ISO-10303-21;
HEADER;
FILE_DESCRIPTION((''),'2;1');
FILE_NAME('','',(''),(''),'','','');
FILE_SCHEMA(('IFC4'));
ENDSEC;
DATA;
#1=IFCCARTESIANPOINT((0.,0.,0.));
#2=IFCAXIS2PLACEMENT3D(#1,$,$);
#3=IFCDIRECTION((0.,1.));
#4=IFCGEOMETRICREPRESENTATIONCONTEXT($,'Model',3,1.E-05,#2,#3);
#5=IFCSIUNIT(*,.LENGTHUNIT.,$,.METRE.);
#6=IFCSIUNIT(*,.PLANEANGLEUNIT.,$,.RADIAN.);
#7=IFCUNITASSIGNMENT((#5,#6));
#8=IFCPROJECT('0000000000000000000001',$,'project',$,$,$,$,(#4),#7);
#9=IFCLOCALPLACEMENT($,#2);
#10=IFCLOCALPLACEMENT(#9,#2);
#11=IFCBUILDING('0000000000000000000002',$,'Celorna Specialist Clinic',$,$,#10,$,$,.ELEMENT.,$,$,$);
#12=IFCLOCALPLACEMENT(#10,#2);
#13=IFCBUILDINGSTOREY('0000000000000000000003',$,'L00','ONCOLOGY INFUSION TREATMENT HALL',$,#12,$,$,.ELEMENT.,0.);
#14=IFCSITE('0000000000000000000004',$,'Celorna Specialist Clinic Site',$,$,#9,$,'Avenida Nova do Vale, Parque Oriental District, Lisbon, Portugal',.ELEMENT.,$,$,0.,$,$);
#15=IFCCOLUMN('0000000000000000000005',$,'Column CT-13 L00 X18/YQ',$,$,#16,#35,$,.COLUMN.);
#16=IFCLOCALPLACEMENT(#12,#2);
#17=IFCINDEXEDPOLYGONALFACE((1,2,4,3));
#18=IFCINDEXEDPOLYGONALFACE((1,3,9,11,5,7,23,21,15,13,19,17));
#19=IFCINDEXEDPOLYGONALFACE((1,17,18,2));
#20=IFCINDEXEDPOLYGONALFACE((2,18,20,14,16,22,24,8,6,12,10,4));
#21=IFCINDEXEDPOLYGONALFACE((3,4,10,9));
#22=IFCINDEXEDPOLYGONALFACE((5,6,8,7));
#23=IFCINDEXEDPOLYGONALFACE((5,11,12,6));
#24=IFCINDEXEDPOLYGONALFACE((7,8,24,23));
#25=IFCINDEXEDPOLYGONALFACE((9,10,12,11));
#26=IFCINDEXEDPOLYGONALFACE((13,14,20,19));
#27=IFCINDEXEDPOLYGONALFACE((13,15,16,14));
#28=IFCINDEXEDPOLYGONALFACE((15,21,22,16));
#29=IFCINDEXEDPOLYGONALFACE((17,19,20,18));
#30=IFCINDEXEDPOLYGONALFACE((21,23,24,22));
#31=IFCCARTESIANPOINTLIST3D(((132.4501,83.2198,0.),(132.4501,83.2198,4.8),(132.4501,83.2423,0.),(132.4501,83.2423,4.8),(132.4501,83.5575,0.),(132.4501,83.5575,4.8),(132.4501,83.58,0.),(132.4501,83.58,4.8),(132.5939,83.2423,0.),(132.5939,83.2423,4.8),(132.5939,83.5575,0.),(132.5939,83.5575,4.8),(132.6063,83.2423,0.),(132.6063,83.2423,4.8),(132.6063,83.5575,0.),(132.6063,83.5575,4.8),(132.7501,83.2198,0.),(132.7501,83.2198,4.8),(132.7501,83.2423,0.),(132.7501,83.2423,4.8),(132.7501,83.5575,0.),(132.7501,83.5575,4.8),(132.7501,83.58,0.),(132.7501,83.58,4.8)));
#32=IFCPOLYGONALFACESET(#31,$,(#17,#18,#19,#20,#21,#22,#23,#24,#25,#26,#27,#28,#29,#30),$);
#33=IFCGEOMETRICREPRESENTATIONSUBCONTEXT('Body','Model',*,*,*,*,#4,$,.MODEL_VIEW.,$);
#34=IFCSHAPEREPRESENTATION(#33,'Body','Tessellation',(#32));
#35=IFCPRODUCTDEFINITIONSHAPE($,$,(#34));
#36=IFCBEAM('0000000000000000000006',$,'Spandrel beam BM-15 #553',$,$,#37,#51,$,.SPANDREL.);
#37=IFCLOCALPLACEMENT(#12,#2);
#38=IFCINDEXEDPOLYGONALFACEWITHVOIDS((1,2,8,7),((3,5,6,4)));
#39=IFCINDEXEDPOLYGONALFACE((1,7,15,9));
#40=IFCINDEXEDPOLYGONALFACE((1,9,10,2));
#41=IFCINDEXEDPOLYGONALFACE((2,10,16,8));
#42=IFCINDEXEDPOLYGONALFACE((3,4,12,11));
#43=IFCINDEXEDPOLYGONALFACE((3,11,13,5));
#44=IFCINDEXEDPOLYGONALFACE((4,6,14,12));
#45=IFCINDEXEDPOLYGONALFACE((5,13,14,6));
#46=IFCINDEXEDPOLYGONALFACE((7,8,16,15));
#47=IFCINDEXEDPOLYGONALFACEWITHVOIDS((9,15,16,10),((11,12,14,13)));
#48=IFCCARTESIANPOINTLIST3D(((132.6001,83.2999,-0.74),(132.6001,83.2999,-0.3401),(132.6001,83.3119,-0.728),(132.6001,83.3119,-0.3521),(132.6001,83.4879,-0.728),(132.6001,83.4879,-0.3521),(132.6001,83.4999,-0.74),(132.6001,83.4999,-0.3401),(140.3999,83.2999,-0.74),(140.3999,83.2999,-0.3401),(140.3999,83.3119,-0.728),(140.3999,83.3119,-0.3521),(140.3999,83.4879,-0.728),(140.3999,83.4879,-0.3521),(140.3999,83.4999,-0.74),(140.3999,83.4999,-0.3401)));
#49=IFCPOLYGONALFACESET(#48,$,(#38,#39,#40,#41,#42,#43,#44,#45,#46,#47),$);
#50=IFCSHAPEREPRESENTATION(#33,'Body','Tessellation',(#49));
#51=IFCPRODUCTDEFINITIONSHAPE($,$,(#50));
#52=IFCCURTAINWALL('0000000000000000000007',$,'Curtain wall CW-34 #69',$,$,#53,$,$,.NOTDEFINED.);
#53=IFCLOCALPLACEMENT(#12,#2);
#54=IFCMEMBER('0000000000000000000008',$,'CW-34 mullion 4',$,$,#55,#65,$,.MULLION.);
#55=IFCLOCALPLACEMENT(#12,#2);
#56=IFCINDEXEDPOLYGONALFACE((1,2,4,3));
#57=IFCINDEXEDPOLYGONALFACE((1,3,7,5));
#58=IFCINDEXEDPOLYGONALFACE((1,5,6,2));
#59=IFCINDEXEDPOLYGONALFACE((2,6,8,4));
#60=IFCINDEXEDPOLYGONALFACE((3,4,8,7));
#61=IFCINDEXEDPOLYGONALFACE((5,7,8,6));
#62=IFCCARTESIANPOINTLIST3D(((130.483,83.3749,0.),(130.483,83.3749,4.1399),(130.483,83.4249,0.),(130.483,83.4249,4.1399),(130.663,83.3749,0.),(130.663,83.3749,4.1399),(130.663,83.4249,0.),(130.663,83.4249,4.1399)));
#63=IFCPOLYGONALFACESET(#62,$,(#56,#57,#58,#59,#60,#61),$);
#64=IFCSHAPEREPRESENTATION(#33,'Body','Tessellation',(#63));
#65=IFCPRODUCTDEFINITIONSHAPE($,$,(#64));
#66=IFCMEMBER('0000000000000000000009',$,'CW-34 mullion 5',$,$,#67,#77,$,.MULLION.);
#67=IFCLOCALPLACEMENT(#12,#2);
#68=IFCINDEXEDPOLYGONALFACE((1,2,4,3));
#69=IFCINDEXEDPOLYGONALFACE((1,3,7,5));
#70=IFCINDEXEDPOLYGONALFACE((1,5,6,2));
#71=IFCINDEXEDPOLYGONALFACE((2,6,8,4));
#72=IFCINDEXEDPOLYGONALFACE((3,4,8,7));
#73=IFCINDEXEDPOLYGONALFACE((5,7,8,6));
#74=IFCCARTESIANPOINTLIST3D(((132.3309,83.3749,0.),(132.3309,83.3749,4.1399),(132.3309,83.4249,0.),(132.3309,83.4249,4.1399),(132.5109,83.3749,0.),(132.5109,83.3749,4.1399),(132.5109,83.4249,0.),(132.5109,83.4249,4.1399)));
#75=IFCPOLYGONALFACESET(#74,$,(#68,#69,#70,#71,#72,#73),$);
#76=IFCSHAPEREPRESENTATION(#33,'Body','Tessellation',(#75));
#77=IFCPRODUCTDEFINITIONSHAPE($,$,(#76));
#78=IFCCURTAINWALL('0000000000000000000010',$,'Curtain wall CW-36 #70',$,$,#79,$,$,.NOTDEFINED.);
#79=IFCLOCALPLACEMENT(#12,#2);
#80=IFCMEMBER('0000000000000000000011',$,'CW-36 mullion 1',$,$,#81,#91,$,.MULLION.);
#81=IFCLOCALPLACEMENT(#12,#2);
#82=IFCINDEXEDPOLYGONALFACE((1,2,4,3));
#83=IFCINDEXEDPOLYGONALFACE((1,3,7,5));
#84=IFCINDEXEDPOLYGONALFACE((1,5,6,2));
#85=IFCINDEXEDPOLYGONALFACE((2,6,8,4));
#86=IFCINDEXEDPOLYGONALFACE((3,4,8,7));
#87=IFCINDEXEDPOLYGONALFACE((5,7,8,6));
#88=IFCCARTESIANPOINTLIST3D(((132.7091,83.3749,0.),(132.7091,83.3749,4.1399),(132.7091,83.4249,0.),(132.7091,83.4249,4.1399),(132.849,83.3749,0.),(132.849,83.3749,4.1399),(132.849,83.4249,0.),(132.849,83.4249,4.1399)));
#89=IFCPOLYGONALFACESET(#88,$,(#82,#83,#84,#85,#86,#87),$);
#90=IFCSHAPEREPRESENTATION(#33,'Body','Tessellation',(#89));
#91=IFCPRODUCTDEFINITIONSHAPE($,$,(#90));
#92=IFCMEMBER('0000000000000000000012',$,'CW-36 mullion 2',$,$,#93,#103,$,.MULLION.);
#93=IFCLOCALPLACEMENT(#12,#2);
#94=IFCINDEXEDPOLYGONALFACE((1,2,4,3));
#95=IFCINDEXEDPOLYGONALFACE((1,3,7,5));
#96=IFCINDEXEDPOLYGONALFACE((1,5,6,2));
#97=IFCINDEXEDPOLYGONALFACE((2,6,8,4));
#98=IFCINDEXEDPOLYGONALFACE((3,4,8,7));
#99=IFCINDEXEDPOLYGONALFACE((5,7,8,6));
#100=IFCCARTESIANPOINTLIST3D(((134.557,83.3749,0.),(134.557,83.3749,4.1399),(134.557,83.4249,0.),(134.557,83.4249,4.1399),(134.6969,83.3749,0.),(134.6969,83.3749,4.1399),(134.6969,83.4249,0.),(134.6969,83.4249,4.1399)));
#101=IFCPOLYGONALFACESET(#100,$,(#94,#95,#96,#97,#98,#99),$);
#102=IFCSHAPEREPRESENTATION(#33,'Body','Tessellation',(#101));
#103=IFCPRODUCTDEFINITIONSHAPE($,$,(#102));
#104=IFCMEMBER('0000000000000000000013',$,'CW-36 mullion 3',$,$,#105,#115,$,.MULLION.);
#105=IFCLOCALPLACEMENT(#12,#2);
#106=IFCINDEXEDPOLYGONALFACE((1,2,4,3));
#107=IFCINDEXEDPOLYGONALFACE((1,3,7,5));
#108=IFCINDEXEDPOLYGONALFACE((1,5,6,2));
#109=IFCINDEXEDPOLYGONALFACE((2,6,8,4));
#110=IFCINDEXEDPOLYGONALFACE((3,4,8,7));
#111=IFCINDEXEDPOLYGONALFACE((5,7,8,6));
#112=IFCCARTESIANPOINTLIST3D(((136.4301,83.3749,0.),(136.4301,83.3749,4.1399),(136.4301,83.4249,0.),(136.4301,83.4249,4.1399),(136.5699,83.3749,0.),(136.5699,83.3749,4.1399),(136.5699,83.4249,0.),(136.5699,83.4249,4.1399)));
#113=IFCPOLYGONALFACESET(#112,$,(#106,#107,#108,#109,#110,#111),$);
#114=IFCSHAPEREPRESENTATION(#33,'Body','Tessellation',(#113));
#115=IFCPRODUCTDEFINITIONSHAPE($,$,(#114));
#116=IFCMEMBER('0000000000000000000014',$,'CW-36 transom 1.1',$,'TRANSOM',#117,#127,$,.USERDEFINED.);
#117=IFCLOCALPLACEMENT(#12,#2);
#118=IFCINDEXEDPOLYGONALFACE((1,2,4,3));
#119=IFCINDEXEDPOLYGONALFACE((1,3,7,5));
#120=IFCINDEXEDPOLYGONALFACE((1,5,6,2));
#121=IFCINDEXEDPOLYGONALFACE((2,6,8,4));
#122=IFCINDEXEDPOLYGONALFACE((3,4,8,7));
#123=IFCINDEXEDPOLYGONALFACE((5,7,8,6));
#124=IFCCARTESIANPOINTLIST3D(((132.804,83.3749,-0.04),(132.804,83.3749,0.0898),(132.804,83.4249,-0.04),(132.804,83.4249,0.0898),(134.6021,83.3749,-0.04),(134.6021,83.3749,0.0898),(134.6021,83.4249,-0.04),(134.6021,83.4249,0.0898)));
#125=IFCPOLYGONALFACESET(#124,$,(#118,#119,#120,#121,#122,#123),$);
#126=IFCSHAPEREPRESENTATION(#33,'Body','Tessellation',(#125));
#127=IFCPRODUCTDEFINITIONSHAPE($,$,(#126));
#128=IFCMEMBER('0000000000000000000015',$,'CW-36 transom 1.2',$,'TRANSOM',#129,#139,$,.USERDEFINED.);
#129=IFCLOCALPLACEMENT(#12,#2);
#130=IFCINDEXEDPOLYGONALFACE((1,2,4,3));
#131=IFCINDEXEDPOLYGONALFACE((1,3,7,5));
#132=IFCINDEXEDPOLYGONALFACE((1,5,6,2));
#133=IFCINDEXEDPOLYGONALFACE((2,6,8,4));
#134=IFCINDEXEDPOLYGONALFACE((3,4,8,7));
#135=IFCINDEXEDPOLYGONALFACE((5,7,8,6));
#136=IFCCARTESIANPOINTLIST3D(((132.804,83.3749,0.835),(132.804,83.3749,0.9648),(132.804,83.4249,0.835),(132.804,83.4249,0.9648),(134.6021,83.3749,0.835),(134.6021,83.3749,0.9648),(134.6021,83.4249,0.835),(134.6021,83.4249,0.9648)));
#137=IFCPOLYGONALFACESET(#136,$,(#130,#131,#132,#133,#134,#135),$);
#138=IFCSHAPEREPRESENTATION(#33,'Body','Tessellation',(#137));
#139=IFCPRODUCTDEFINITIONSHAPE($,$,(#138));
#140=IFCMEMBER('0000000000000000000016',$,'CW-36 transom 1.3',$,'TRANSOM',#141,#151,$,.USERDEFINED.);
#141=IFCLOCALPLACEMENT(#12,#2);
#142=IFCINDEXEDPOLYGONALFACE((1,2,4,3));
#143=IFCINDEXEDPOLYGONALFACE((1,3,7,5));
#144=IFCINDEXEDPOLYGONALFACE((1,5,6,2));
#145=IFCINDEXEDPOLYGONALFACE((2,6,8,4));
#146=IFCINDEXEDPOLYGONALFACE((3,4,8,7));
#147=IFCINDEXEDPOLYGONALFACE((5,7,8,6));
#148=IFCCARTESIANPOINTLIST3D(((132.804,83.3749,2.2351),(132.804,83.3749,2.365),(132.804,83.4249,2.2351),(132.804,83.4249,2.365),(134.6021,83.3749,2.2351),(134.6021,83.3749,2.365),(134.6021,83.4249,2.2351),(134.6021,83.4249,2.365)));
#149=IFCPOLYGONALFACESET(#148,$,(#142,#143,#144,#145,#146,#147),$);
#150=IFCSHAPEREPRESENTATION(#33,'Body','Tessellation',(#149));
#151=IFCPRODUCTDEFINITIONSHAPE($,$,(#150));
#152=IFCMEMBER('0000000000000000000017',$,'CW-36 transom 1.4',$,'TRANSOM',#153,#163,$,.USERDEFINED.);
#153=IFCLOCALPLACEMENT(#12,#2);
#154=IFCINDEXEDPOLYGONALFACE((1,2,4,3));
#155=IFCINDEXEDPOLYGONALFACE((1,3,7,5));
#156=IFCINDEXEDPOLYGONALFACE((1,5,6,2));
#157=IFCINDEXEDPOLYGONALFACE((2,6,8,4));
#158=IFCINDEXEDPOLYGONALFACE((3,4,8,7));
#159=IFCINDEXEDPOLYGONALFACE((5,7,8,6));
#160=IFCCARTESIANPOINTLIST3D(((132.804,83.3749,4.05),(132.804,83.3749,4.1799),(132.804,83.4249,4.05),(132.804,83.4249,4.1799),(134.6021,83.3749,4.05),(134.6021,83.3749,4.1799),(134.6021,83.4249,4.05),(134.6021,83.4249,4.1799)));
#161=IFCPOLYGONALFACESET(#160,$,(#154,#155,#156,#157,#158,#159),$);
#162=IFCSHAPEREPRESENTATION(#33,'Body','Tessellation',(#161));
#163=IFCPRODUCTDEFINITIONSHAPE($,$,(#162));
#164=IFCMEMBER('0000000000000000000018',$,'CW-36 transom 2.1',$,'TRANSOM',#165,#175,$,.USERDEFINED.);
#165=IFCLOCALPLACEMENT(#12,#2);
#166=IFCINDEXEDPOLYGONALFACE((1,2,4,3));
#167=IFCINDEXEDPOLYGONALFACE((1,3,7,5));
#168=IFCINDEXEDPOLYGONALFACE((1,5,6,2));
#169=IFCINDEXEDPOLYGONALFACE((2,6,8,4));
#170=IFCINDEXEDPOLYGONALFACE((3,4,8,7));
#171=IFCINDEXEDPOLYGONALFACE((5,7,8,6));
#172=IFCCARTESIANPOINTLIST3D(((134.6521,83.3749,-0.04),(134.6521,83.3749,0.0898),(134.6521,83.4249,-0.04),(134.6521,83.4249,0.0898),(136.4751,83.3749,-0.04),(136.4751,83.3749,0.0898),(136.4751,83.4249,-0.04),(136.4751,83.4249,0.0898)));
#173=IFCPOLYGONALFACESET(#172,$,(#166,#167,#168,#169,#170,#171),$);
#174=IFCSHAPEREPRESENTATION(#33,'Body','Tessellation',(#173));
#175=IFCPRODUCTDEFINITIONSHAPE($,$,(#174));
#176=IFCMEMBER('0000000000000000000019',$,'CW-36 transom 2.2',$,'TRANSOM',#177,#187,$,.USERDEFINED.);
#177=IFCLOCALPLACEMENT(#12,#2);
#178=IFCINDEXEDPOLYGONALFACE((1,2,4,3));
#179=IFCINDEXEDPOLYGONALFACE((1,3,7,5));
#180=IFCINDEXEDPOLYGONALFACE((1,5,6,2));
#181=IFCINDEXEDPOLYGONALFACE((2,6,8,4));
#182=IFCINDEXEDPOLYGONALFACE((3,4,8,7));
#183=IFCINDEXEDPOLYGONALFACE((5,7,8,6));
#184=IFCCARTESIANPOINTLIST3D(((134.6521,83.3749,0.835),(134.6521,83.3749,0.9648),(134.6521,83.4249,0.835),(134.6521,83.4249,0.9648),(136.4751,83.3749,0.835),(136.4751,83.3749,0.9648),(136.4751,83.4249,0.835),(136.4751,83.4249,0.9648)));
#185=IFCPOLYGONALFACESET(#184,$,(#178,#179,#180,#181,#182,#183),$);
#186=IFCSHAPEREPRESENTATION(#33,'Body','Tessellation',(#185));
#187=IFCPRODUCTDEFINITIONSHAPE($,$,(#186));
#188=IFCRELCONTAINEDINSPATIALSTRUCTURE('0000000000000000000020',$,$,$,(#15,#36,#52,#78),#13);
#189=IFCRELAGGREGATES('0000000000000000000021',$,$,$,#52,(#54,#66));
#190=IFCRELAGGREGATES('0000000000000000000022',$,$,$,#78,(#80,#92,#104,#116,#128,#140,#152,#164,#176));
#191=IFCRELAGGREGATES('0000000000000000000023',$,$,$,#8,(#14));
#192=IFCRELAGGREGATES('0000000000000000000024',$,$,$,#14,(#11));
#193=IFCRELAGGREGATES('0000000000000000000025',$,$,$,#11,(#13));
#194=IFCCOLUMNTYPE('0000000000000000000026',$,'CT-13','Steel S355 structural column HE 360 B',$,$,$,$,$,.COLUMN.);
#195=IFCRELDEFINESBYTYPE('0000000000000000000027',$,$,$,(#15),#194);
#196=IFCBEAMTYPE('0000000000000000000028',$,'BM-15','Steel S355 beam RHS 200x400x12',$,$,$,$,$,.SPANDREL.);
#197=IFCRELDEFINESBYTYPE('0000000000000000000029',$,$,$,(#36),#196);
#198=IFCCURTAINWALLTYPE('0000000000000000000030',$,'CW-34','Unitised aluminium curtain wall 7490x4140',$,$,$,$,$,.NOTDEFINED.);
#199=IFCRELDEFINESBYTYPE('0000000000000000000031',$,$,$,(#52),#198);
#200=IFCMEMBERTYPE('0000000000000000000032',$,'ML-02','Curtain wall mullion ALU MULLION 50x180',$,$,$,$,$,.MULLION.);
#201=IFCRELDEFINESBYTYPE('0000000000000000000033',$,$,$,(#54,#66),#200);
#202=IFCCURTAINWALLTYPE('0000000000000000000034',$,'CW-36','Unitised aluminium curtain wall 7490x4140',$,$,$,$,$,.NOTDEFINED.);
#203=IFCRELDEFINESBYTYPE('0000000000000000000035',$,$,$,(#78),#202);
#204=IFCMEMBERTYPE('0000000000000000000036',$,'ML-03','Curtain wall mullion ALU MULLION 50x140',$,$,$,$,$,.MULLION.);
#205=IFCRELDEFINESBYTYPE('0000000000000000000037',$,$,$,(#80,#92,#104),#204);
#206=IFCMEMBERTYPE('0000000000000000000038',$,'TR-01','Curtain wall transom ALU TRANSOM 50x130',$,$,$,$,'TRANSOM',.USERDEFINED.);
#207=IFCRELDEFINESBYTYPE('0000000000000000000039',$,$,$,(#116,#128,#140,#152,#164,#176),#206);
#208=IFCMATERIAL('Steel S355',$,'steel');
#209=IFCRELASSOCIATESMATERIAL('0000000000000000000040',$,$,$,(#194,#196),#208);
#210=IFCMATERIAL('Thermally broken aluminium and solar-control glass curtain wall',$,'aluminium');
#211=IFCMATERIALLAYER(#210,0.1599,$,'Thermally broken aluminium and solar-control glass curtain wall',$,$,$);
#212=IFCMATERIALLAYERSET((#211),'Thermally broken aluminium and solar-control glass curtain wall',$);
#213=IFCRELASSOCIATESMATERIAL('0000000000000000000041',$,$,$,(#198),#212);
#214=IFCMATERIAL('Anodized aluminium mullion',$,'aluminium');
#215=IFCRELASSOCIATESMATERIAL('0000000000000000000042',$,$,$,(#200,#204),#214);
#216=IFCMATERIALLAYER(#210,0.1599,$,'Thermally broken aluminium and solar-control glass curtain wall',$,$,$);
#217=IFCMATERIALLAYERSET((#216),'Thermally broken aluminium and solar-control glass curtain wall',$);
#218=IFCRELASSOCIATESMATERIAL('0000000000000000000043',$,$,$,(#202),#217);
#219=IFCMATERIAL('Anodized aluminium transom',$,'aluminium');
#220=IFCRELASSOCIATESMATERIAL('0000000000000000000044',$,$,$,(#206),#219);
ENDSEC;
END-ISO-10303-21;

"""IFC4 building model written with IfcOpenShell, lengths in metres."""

from ifc_helpers import new_model, si_unit, direction, frame, origin, origin_2d, place, context, subcontext, project, spatial, rectangle, hollow_rectangle, i_section, extrude, material, layer, layer_set, material_profile, profile_set, type_object, element, aggregate, save


model = new_model("IFC4")

# Units and contexts
model_context = context("Model", 3, precision=1e-05, world=origin(), true_north=direction((0.0, 1.0)))
body_context = subcontext(model_context, "Body", "Model", "MODEL_VIEW")
ifc_project = project(units=[si_unit("LENGTHUNIT", "METRE"), si_unit("PLANEANGLEUNIT", "RADIAN")], contexts=[model_context])

# Site, building, storey
site_placement = place(None, origin())
site = spatial("IfcSite", under=ifc_project, at=site_placement, Name="Celorna Specialist Clinic Site", LongName="Avenida Nova do Vale, Parque Oriental District, Lisbon, Portugal", CompositionType="ELEMENT", RefElevation=0.0)
building_placement = place(site_placement, origin())
building = spatial("IfcBuilding", under=site, at=building_placement, Name="Celorna Specialist Clinic", CompositionType="ELEMENT")
storey_placement = place(building_placement, origin())
storey = spatial("IfcBuildingStorey", under=building, at=storey_placement, Name="L00", Description="ONCOLOGY INFUSION TREATMENT HALL", CompositionType="ELEMENT", Elevation=0.0)

# Column
ifc_material_1 = material(Name="Steel S355", Category="steel")
ifc_material_profile_1 = material_profile(ifc_material_1, i_section(OverallWidth=0.3, OverallDepth=0.3601, WebThickness=0.0125, FlangeThickness=0.0225, at=origin_2d()), Name="HE 360 B")
ifc_profile_set_1 = profile_set([ifc_material_profile_1], Name="Steel S355")
column_type = type_object("IfcColumnType", Name="CT-13", Description="Steel S355 structural column HE 360 B", PredefinedType="COLUMN", material=ifc_profile_set_1)
column_placement = place(storey_placement, frame((132.6001, 83.3999, 0.0), z_axis=(0.0, 0.0, 1.0), x_axis=(1.0, 0.0, 0.0)))
element("IfcColumn", 1, at=column_placement, inside=storey, type_object=column_type, Name="Column CT-13 L00 X18/YQ", PredefinedType="COLUMN", context=body_context, shape_type="SweptSolid", body=[
    extrude(i_section(OverallWidth=0.3, OverallDepth=0.3601, WebThickness=0.0125, FlangeThickness=0.0225, at=origin_2d()), origin(), (0.0, 0.0, 1.0), 4.8),
])

# Beam
ifc_material_profile_2 = material_profile(ifc_material_1, hollow_rectangle(XDim=0.2, YDim=0.3999, WallThickness=0.012, at=origin_2d()), Name="RHS 200x400x12")
ifc_profile_set_2 = profile_set([ifc_material_profile_2], Name="Steel S355")
beam_type = type_object("IfcBeamType", Name="BM-15", Description="Steel S355 beam RHS 200x400x12", PredefinedType="SPANDREL", material=ifc_profile_set_2)
beam_placement = place(storey_placement, frame((132.6001, 83.3999, -0.54), z_axis=(1.0, 0.0, 0.0), x_axis=(0.0, 1.0, 0.0)))
element("IfcBeam", 2, at=beam_placement, inside=storey, type_object=beam_type, Name="Spandrel beam BM-15 #553", PredefinedType="SPANDREL", context=body_context, shape_type="SweptSolid", body=[
    extrude(hollow_rectangle(XDim=0.2, YDim=0.3999, WallThickness=0.012, at=origin_2d()), origin(), (0.0, 0.0, 1.0), 7.7998),
])

# Curtain walls, members
ifc_material_2 = material(Name="Thermally broken aluminium and solar-control glass curtain wall", Category="aluminium")
ifc_layer_1 = layer(ifc_material_2, 0.1599, Name="Thermally broken aluminium and solar-control glass curtain wall")
ifc_layer_set_1 = layer_set([ifc_layer_1], Name="Thermally broken aluminium and solar-control glass curtain wall")
curtain_wall_type_1 = type_object("IfcCurtainWallType", Name="CW-34", Description="Unitised aluminium curtain wall 7490x4140", PredefinedType="NOTDEFINED", material=ifc_layer_set_1)
curtain_wall_1_placement = place(storey_placement, origin())
curtain_wall_1 = element("IfcCurtainWall", 3, at=curtain_wall_1_placement, inside=storey, type_object=curtain_wall_type_1, Name="Curtain wall CW-34 #69", PredefinedType="NOTDEFINED")
ifc_material_3 = material(Name="Anodized aluminium mullion", Category="aluminium")
ifc_material_profile_3 = material_profile(ifc_material_3, rectangle(XDim=0.05, YDim=0.1799, at=origin_2d()), Name="ALU MULLION 50x180")
ifc_profile_set_3 = profile_set([ifc_material_profile_3], Name="Anodized aluminium mullion")
member_type_1 = type_object("IfcMemberType", Name="ML-02", Description="Curtain wall mullion ALU MULLION 50x180", PredefinedType="MULLION", material=ifc_profile_set_3)
member_1_placement = place(storey_placement, frame((130.573, 83.3999, 0.0), z_axis=(0.0, 0.0, 1.0), x_axis=(0.0, 1.0, 0.0)))
member_1 = element("IfcMember", 4, at=member_1_placement, type_object=member_type_1, Name="CW-34 mullion 4", PredefinedType="MULLION", context=body_context, shape_type="SweptSolid", body=[
    extrude(rectangle(XDim=0.05, YDim=0.1799, at=origin_2d()), origin(), (0.0, 0.0, 1.0), 4.1399),
])
member_2_placement = place(storey_placement, frame((132.4209, 83.3999, 0.0), z_axis=(0.0, 0.0, 1.0), x_axis=(0.0, 1.0, 0.0)))
member_2 = element("IfcMember", 5, at=member_2_placement, type_object=member_type_1, Name="CW-34 mullion 5", PredefinedType="MULLION", context=body_context, shape_type="SweptSolid", body=[
    extrude(rectangle(XDim=0.05, YDim=0.1799, at=origin_2d()), origin(), (0.0, 0.0, 1.0), 4.1399),
])
ifc_layer_2 = layer(ifc_material_2, 0.1599, Name="Thermally broken aluminium and solar-control glass curtain wall")
ifc_layer_set_2 = layer_set([ifc_layer_2], Name="Thermally broken aluminium and solar-control glass curtain wall")
curtain_wall_type_2 = type_object("IfcCurtainWallType", Name="CW-36", Description="Unitised aluminium curtain wall 7490x4140", PredefinedType="NOTDEFINED", material=ifc_layer_set_2)
curtain_wall_2_placement = place(storey_placement, origin())
curtain_wall_2 = element("IfcCurtainWall", 6, at=curtain_wall_2_placement, inside=storey, type_object=curtain_wall_type_2, Name="Curtain wall CW-36 #70", PredefinedType="NOTDEFINED")
ifc_material_profile_4 = material_profile(ifc_material_3, rectangle(XDim=0.05, YDim=0.1399, at=origin_2d()), Name="ALU MULLION 50x140")
ifc_profile_set_4 = profile_set([ifc_material_profile_4], Name="Anodized aluminium mullion")
member_type_2 = type_object("IfcMemberType", Name="ML-03", Description="Curtain wall mullion ALU MULLION 50x140", PredefinedType="MULLION", material=ifc_profile_set_4)
member_3_placement = place(storey_placement, frame((132.7791, 83.3999, 0.0), z_axis=(0.0, 0.0, 1.0), x_axis=(0.0, 1.0, 0.0)))
member_3 = element("IfcMember", 7, at=member_3_placement, type_object=member_type_2, Name="CW-36 mullion 1", PredefinedType="MULLION", context=body_context, shape_type="SweptSolid", body=[
    extrude(rectangle(XDim=0.05, YDim=0.1399, at=origin_2d()), origin(), (0.0, 0.0, 1.0), 4.1399),
])
member_4_placement = place(storey_placement, frame((134.627, 83.3999, 0.0), z_axis=(0.0, 0.0, 1.0), x_axis=(0.0, 1.0, 0.0)))
member_4 = element("IfcMember", 8, at=member_4_placement, type_object=member_type_2, Name="CW-36 mullion 2", PredefinedType="MULLION", context=body_context, shape_type="SweptSolid", body=[
    extrude(rectangle(XDim=0.05, YDim=0.1399, at=origin_2d()), origin(), (0.0, 0.0, 1.0), 4.1399),
])
member_5_placement = place(storey_placement, frame((136.5, 83.3999, 0.0), z_axis=(0.0, 0.0, 1.0), x_axis=(0.0, 1.0, 0.0)))
member_5 = element("IfcMember", 9, at=member_5_placement, type_object=member_type_2, Name="CW-36 mullion 3", PredefinedType="MULLION", context=body_context, shape_type="SweptSolid", body=[
    extrude(rectangle(XDim=0.05, YDim=0.1399, at=origin_2d()), origin(), (0.0, 0.0, 1.0), 4.1399),
])
ifc_material_4 = material(Name="Anodized aluminium transom", Category="aluminium")
ifc_material_profile_5 = material_profile(ifc_material_4, rectangle(XDim=0.05, YDim=0.1299, at=origin_2d()), Name="ALU TRANSOM 50x130")
ifc_profile_set_5 = profile_set([ifc_material_profile_5], Name="Anodized aluminium transom")
member_type_3 = type_object("IfcMemberType", Name="TR-01", Description="Curtain wall transom ALU TRANSOM 50x130", ElementType="TRANSOM", PredefinedType="USERDEFINED", material=ifc_profile_set_5)
member_6_placement = place(storey_placement, frame((132.804, 83.3999, 0.0249), z_axis=(1.0, 0.0, 0.0), x_axis=(0.0, 1.0, 0.0)))
member_6 = element("IfcMember", 10, at=member_6_placement, type_object=member_type_3, Name="CW-36 transom 1.1", ObjectType="TRANSOM", PredefinedType="USERDEFINED", context=body_context, shape_type="SweptSolid", body=[
    extrude(rectangle(XDim=0.05, YDim=0.1299, at=origin_2d()), origin(), (0.0, 0.0, 1.0), 1.7981),
])
member_7_placement = place(storey_placement, frame((132.804, 83.3999, 0.8999), z_axis=(1.0, 0.0, 0.0), x_axis=(0.0, 1.0, 0.0)))
member_7 = element("IfcMember", 11, at=member_7_placement, type_object=member_type_3, Name="CW-36 transom 1.2", ObjectType="TRANSOM", PredefinedType="USERDEFINED", context=body_context, shape_type="SweptSolid", body=[
    extrude(rectangle(XDim=0.05, YDim=0.1299, at=origin_2d()), origin(), (0.0, 0.0, 1.0), 1.7981),
])
member_8_placement = place(storey_placement, frame((132.804, 83.3999, 2.3), z_axis=(1.0, 0.0, 0.0), x_axis=(0.0, 1.0, 0.0)))
member_8 = element("IfcMember", 12, at=member_8_placement, type_object=member_type_3, Name="CW-36 transom 1.3", ObjectType="TRANSOM", PredefinedType="USERDEFINED", context=body_context, shape_type="SweptSolid", body=[
    extrude(rectangle(XDim=0.05, YDim=0.1299, at=origin_2d()), origin(), (0.0, 0.0, 1.0), 1.7981),
])
member_9_placement = place(storey_placement, frame((132.804, 83.3999, 4.115), z_axis=(1.0, 0.0, 0.0), x_axis=(0.0, 1.0, 0.0)))
member_9 = element("IfcMember", 13, at=member_9_placement, type_object=member_type_3, Name="CW-36 transom 1.4", ObjectType="TRANSOM", PredefinedType="USERDEFINED", context=body_context, shape_type="SweptSolid", body=[
    extrude(rectangle(XDim=0.05, YDim=0.1299, at=origin_2d()), origin(), (0.0, 0.0, 1.0), 1.7981),
])
member_10_placement = place(storey_placement, frame((134.6521, 83.3999, 0.0249), z_axis=(1.0, 0.0, 0.0), x_axis=(0.0, 1.0, 0.0)))
member_10 = element("IfcMember", 14, at=member_10_placement, type_object=member_type_3, Name="CW-36 transom 2.1", ObjectType="TRANSOM", PredefinedType="USERDEFINED", context=body_context, shape_type="SweptSolid", body=[
    extrude(rectangle(XDim=0.05, YDim=0.1299, at=origin_2d()), origin(), (0.0, 0.0, 1.0), 1.823),
])
member_11_placement = place(storey_placement, frame((134.6521, 83.3999, 0.8999), z_axis=(1.0, 0.0, 0.0), x_axis=(0.0, 1.0, 0.0)))
member_11 = element("IfcMember", 15, at=member_11_placement, type_object=member_type_3, Name="CW-36 transom 2.2", ObjectType="TRANSOM", PredefinedType="USERDEFINED", context=body_context, shape_type="SweptSolid", body=[
    extrude(rectangle(XDim=0.05, YDim=0.1299, at=origin_2d()), origin(), (0.0, 0.0, 1.0), 1.823),
])

aggregate(curtain_wall_1, [member_1, member_2])
aggregate(curtain_wall_2, [member_3, member_4, member_5, member_6, member_7, member_8, member_9, member_10, member_11])

save(model, "model.ifc")
